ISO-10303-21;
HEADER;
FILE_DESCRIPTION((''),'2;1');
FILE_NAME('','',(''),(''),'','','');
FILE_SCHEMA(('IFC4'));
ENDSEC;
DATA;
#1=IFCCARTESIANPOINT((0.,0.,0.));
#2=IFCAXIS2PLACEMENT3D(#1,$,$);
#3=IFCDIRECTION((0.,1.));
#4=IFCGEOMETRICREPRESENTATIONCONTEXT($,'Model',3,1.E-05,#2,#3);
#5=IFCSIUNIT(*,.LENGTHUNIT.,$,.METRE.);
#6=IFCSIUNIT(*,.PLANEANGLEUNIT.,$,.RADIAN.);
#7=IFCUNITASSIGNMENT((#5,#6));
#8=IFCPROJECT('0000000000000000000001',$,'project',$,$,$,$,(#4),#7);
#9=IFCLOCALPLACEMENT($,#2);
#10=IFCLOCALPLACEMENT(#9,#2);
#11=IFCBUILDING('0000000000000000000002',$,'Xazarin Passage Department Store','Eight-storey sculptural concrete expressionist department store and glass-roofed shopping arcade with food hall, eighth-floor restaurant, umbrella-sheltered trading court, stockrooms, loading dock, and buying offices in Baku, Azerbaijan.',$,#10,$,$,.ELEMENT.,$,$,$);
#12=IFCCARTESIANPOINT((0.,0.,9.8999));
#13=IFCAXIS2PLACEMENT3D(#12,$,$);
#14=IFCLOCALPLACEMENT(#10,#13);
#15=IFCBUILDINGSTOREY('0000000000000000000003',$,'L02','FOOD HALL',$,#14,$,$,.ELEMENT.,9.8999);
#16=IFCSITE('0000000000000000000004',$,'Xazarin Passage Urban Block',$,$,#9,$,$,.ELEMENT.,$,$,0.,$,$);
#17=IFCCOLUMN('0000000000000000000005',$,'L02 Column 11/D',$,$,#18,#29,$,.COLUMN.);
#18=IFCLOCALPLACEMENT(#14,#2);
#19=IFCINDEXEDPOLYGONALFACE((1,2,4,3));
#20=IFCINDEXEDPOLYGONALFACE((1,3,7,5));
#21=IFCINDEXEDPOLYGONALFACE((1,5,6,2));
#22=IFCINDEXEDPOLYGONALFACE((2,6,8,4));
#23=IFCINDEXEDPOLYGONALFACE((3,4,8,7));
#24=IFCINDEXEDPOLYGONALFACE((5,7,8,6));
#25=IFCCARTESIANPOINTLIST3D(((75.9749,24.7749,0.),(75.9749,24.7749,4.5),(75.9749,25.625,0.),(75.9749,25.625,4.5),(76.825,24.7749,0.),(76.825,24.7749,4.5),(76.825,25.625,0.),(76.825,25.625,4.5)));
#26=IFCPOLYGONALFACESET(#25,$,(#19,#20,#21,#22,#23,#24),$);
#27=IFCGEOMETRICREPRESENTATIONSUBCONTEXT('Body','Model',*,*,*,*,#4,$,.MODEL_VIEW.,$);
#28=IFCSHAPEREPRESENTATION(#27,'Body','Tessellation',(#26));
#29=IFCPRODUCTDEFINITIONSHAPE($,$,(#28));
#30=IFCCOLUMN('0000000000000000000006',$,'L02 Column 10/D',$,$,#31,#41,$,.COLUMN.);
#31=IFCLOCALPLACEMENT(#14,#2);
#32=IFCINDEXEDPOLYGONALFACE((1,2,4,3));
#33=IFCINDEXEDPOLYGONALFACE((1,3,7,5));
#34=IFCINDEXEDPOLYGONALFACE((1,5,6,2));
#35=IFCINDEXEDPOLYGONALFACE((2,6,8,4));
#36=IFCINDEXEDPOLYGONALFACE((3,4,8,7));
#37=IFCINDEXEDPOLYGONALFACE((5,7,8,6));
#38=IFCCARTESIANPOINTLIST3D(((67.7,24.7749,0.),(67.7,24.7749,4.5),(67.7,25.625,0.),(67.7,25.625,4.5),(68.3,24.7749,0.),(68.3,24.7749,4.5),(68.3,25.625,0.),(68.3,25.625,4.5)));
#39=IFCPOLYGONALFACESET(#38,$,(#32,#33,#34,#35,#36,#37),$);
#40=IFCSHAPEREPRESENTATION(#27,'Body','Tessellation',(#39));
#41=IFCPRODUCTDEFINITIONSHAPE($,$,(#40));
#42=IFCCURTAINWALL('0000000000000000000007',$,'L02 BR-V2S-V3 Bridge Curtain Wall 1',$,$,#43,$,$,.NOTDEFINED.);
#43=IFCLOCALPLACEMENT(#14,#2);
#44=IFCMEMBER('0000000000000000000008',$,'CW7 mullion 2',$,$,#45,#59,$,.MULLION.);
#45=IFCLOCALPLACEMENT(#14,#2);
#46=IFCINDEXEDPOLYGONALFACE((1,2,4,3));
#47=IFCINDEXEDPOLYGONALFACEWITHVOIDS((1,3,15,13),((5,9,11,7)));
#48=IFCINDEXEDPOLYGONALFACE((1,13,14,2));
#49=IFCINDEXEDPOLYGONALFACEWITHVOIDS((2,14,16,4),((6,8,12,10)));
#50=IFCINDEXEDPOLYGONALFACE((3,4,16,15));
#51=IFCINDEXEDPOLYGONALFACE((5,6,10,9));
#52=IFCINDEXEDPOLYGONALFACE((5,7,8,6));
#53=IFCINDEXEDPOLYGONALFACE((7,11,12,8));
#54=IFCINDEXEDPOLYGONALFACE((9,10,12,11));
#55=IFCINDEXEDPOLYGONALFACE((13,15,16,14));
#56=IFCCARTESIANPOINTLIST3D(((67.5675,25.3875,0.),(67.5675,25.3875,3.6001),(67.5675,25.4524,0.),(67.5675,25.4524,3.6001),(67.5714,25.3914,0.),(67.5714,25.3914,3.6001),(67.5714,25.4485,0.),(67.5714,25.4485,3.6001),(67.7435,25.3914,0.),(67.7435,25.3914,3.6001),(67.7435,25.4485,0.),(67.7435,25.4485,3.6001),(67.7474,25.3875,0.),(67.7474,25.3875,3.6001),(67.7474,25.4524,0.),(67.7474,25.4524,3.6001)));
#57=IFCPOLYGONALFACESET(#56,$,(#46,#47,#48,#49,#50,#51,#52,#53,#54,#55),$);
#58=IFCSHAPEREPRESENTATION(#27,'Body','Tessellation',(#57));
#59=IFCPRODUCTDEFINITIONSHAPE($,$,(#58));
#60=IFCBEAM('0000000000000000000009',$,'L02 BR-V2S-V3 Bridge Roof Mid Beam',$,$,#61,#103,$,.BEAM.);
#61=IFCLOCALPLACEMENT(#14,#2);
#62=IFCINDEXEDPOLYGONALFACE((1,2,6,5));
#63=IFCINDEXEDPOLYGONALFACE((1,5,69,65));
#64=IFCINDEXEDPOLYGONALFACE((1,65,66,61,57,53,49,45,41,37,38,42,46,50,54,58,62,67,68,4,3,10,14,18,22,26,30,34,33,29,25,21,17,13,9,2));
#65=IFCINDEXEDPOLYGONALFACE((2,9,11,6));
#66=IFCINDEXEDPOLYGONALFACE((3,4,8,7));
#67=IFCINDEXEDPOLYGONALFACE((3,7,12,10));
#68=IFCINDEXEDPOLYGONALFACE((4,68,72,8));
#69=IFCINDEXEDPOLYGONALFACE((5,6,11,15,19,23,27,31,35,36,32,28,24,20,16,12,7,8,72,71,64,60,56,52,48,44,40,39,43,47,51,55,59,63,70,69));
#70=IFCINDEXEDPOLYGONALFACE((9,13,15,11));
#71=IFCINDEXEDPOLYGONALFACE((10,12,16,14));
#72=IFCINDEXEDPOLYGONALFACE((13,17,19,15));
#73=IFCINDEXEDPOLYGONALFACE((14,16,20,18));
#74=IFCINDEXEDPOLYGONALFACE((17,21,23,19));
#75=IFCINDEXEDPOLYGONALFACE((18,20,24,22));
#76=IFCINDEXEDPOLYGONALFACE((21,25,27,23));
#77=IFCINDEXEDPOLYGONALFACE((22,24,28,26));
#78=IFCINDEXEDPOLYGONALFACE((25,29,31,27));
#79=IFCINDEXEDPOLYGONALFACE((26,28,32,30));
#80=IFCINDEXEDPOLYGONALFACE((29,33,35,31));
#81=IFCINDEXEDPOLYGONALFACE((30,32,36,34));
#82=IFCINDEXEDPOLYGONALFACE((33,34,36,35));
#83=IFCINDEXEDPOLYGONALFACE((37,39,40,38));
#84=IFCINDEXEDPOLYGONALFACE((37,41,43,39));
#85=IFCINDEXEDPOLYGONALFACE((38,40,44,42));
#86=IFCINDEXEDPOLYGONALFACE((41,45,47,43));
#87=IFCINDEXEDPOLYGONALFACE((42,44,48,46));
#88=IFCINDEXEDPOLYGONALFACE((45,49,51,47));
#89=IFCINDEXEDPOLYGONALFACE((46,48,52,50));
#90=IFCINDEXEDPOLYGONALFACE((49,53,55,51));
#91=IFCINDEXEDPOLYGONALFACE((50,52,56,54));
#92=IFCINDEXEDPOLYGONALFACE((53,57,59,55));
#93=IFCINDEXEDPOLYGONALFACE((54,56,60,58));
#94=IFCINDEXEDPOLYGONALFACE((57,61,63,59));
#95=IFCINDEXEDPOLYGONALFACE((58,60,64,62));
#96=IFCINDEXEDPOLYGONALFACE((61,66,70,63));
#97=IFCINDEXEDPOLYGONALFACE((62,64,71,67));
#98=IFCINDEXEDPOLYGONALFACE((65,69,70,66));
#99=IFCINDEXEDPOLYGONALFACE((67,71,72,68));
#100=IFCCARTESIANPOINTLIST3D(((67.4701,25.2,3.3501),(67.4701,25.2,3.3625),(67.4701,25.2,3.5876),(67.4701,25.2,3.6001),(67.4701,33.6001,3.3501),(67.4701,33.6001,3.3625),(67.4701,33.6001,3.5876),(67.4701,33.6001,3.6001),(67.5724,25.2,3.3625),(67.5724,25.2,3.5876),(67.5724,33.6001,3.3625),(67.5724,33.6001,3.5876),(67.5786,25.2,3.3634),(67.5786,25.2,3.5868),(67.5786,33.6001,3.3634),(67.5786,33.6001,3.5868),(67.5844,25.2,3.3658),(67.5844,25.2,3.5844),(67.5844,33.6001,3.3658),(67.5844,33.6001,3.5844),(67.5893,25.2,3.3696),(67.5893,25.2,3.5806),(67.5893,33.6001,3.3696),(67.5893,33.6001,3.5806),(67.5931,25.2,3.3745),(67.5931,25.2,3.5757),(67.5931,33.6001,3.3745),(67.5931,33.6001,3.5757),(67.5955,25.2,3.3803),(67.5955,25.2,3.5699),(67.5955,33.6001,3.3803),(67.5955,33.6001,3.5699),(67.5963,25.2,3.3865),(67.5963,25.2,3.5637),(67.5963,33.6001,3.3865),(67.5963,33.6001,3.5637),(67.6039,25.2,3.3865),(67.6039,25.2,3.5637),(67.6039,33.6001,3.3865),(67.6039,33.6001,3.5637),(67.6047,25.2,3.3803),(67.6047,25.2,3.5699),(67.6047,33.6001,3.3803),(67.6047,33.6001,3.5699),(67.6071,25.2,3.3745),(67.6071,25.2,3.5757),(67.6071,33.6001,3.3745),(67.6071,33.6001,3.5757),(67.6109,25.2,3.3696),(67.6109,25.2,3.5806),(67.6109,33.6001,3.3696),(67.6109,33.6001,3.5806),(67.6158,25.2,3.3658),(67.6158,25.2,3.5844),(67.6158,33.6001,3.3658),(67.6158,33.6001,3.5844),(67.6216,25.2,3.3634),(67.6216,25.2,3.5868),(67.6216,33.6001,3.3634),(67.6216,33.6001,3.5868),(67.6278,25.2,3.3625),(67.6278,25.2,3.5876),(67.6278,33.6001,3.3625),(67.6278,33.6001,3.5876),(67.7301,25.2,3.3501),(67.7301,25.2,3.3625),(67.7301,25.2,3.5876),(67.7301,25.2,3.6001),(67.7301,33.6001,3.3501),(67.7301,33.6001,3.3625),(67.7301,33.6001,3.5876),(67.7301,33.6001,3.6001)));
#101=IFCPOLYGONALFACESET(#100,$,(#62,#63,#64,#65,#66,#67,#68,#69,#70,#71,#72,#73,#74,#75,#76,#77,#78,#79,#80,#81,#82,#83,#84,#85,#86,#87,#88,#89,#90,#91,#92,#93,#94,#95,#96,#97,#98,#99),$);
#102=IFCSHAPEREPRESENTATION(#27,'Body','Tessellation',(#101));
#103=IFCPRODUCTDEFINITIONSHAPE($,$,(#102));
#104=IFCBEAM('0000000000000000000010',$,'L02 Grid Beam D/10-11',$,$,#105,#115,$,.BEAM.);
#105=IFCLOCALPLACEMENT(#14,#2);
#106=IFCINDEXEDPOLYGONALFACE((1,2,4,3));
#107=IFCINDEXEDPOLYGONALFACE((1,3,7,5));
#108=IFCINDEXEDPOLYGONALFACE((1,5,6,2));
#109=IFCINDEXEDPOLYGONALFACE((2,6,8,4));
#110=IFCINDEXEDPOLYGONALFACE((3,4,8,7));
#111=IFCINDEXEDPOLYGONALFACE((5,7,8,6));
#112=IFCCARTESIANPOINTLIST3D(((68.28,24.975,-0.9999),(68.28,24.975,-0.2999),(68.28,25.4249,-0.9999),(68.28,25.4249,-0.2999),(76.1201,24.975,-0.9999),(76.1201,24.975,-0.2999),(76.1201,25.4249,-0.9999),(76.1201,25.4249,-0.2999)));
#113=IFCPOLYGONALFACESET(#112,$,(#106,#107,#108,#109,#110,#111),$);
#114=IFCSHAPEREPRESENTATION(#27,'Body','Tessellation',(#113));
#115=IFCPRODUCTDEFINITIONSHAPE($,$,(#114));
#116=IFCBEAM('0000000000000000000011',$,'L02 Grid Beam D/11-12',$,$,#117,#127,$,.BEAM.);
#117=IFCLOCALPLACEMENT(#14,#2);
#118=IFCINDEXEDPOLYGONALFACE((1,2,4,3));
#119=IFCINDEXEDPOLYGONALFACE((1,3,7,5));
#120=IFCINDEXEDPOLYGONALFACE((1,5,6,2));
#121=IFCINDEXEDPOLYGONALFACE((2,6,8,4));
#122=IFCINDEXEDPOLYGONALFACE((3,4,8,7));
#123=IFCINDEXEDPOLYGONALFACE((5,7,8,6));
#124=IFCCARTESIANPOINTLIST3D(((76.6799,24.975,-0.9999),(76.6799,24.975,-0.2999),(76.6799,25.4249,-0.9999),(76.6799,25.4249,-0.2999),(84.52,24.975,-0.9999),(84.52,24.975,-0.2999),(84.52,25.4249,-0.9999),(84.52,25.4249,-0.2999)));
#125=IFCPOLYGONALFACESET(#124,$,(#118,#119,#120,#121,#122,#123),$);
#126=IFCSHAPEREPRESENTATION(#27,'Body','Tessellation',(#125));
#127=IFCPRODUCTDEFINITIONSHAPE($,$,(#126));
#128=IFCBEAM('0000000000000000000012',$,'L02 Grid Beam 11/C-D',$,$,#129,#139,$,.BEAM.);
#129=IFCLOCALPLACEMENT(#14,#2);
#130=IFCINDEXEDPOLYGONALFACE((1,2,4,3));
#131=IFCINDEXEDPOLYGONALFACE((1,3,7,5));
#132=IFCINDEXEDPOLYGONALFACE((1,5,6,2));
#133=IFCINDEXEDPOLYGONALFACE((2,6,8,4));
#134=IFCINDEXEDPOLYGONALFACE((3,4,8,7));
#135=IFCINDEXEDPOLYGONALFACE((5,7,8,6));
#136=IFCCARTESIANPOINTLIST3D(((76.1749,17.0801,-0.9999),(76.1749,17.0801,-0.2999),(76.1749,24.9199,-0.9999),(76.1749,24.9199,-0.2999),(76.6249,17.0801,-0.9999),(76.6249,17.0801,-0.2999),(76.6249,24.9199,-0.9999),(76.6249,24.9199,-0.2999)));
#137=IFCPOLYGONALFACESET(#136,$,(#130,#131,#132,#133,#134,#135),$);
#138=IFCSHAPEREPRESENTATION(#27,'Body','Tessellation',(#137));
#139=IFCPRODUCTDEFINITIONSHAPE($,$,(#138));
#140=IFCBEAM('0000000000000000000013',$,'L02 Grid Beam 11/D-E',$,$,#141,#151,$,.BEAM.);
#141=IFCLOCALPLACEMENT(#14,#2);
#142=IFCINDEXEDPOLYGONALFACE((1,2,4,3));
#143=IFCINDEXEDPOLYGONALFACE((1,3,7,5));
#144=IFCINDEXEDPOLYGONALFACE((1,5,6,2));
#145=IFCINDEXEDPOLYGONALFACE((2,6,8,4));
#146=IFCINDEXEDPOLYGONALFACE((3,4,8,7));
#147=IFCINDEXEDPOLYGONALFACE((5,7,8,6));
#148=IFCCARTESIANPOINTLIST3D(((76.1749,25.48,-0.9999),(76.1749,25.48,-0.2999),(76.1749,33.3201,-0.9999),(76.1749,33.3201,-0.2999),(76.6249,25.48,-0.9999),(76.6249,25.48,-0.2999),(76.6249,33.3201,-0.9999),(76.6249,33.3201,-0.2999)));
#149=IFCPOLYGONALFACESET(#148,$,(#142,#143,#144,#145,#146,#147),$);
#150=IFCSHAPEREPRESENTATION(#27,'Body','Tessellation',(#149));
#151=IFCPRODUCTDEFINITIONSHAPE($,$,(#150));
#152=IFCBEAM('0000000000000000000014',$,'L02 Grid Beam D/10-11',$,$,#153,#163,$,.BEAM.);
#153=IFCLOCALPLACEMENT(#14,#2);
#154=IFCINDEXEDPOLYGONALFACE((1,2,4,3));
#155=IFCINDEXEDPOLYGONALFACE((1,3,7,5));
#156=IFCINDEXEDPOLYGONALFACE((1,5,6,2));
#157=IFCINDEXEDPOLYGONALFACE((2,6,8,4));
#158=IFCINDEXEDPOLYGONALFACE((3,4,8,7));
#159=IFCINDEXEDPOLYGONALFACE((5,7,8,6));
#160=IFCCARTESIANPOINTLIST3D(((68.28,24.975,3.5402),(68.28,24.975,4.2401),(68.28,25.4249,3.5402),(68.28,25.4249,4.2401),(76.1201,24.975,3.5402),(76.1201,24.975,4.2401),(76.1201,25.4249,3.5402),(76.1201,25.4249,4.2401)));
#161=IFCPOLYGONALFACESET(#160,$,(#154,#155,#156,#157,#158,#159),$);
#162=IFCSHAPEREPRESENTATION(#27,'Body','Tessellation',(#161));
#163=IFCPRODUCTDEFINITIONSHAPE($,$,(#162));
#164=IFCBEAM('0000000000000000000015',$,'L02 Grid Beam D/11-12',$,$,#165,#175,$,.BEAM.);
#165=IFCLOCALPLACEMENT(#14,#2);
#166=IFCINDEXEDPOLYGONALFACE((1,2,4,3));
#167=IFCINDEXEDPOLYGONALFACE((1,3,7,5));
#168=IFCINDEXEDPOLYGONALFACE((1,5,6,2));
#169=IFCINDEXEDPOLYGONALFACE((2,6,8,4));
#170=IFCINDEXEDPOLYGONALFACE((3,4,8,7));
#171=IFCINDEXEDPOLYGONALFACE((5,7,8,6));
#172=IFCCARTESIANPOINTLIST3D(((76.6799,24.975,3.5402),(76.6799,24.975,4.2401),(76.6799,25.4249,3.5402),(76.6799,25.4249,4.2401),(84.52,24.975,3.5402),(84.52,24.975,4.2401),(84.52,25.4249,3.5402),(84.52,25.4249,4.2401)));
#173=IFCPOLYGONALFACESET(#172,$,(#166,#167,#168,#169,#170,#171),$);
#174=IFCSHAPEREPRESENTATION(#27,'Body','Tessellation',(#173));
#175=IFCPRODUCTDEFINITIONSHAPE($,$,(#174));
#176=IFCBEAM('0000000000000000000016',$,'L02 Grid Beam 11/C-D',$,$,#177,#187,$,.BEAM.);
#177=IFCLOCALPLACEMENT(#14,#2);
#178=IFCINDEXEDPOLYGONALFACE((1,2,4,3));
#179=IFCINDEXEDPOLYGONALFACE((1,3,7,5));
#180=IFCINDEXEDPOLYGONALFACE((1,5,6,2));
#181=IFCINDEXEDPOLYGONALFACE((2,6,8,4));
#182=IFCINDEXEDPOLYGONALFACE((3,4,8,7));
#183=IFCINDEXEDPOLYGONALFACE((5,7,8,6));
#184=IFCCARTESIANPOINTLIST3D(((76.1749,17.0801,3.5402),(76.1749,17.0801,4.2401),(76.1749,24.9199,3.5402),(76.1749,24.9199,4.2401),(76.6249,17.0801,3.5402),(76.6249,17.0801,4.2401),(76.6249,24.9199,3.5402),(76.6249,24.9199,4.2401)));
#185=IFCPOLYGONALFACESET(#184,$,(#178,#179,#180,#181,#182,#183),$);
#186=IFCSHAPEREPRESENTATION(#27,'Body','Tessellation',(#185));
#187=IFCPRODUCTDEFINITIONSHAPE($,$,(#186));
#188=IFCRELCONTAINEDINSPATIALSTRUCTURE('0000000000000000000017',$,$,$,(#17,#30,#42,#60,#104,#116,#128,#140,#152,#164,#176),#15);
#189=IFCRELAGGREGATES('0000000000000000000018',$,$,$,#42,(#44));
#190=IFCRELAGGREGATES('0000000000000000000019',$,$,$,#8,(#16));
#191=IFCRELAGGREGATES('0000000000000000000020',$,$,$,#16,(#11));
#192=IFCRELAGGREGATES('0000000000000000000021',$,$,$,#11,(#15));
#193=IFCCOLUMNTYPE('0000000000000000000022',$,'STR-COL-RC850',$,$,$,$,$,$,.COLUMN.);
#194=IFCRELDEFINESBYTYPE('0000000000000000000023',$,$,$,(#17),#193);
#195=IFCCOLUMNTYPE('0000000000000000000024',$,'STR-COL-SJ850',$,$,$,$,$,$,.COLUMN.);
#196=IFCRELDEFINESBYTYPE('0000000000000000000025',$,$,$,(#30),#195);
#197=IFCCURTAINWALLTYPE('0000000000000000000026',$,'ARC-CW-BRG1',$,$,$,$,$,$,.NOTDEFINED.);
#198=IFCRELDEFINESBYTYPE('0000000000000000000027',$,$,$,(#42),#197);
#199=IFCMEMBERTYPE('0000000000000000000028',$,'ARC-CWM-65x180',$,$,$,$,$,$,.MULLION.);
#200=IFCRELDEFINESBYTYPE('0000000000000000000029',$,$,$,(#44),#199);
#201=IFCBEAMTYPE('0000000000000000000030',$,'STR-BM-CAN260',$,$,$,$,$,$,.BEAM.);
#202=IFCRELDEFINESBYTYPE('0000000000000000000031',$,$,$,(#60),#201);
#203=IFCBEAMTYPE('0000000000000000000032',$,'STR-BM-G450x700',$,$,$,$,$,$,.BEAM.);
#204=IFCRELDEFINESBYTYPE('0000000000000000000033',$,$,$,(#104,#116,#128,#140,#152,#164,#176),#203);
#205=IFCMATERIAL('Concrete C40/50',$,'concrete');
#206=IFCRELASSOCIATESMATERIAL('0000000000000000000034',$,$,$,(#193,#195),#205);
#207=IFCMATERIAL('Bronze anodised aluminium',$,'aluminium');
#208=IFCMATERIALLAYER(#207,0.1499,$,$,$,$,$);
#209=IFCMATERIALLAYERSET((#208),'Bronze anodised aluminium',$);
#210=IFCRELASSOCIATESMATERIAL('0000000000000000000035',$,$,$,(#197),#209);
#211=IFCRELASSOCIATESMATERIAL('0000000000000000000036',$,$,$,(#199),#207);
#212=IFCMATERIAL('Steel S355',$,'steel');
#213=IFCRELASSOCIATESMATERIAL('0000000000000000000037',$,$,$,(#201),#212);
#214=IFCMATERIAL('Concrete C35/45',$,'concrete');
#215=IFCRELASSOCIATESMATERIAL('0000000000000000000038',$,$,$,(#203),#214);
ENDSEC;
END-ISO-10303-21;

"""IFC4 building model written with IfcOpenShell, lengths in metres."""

from ifc_helpers import new_model, si_unit, direction, frame, origin, origin_2d, place, context, subcontext, project, spatial, rectangle, hollow_rectangle, i_section, extrude, material, layer, layer_set, material_profile, profile_set, type_object, element, aggregate, save


model = new_model("IFC4")

# Units and contexts
model_context = context("Model", 3, precision=1e-05, world=origin(), true_north=direction((0.0, 1.0)))
body_context = subcontext(model_context, "Body", "Model", "MODEL_VIEW")
ifc_project = project(units=[si_unit("LENGTHUNIT", "METRE"), si_unit("PLANEANGLEUNIT", "RADIAN")], contexts=[model_context])

# Site, building, storey
site_placement = place(None, origin())
site = spatial("IfcSite", under=ifc_project, at=site_placement, Name="Xazarin Passage Urban Block", CompositionType="ELEMENT", RefElevation=0.0)
building_placement = place(site_placement, origin())
building = spatial("IfcBuilding", under=site, at=building_placement, Name="Xazarin Passage Department Store", Description="Eight-storey sculptural concrete expressionist department store and glass-roofed shopping arcade with food hall, eighth-floor restaurant, umbrella-sheltered trading court, stockrooms, loading dock, and buying offices in Baku, Azerbaijan.", CompositionType="ELEMENT")
storey_placement = place(building_placement, frame((0.0, 0.0, 9.8999)))
storey = spatial("IfcBuildingStorey", under=building, at=storey_placement, Name="L02", Description="FOOD HALL", CompositionType="ELEMENT", Elevation=9.8999)

# Columns
ifc_material_1 = material(Name="Concrete C40/50", Category="concrete")
ifc_material_profile_1 = material_profile(ifc_material_1, rectangle(XDim=0.8501, YDim=0.8501, at=origin_2d()), Name="RC 850x850")
ifc_profile_set_1 = profile_set([ifc_material_profile_1], Name="Concrete C40/50")
column_type_1 = type_object("IfcColumnType", Name="STR-COL-RC850", PredefinedType="COLUMN", material=ifc_profile_set_1)
column_1_placement = place(storey_placement, frame((76.3999, 25.2, 0.0), z_axis=(0.0, 0.0, 1.0), x_axis=(1.0, 0.0, 0.0)))
element("IfcColumn", 1, at=column_1_placement, inside=storey, type_object=column_type_1, Name="L02 Column 11/D", PredefinedType="COLUMN", context=body_context, shape_type="SweptSolid", body=[
    extrude(rectangle(XDim=0.8501, YDim=0.8501, at=origin_2d()), origin(), (0.0, 0.0, 1.0), 4.5),
])
ifc_material_profile_2 = material_profile(ifc_material_1, rectangle(XDim=0.6001, YDim=0.8501, at=origin_2d()), Name="RC 600x850")
ifc_profile_set_2 = profile_set([ifc_material_profile_2], Name="Concrete C40/50")
column_type_2 = type_object("IfcColumnType", Name="STR-COL-SJ850", PredefinedType="COLUMN", material=ifc_profile_set_2)
column_2_placement = place(storey_placement, frame((68.0, 25.2, 0.0), z_axis=(0.0, 0.0, 1.0), x_axis=(1.0, 0.0, 0.0)))
element("IfcColumn", 2, at=column_2_placement, inside=storey, type_object=column_type_2, Name="L02 Column 10/D", PredefinedType="COLUMN", context=body_context, shape_type="SweptSolid", body=[
    extrude(rectangle(XDim=0.6001, YDim=0.8501, at=origin_2d()), origin(), (0.0, 0.0, 1.0), 4.5),
])

# Curtain wall, member
ifc_material_2 = material(Name="Bronze anodised aluminium", Category="aluminium")
ifc_layer_1 = layer(ifc_material_2, 0.1499)
ifc_layer_set_1 = layer_set([ifc_layer_1], Name="Bronze anodised aluminium")
curtain_wall_type = type_object("IfcCurtainWallType", Name="ARC-CW-BRG1", PredefinedType="NOTDEFINED", material=ifc_layer_set_1)
curtain_wall_placement = place(storey_placement, origin())
curtain_wall = element("IfcCurtainWall", 3, at=curtain_wall_placement, inside=storey, type_object=curtain_wall_type, Name="L02 BR-V2S-V3 Bridge Curtain Wall 1", PredefinedType="NOTDEFINED")
ifc_material_profile_3 = material_profile(ifc_material_2, hollow_rectangle(XDim=0.0649, YDim=0.1799, WallThickness=0.0039, at=origin_2d()), Name="ALU 65x180")
ifc_profile_set_3 = profile_set([ifc_material_profile_3], Name="Bronze anodised aluminium")
member_type = type_object("IfcMemberType", Name="ARC-CWM-65x180", PredefinedType="MULLION", material=ifc_profile_set_3)
member_placement = place(storey_placement, frame((67.6575, 25.4199, 0.0), z_axis=(0.0, 0.0, 1.0), x_axis=(0.0, 1.0, 0.0)))
member = element("IfcMember", 4, at=member_placement, type_object=member_type, Name="CW7 mullion 2", PredefinedType="MULLION", context=body_context, shape_type="SweptSolid", body=[
    extrude(hollow_rectangle(XDim=0.0649, YDim=0.1799, WallThickness=0.0039, at=origin_2d()), origin(), (0.0, 0.0, 1.0), 3.6001),
])

# Beams
ifc_material_3 = material(Name="Steel S355", Category="steel")
ifc_material_profile_4 = material_profile(ifc_material_3, i_section(OverallWidth=0.26, OverallDepth=0.25, WebThickness=0.0076, FlangeThickness=0.0125, FilletRadius=0.0239, at=origin_2d()), Name="HEA 260")
ifc_profile_set_4 = profile_set([ifc_material_profile_4], Name="Steel S355")
beam_type_1 = type_object("IfcBeamType", Name="STR-BM-CAN260", PredefinedType="BEAM", material=ifc_profile_set_4)
beam_1_placement = place(storey_placement, frame((67.6001, 25.2, 3.4751), z_axis=(0.0, 1.0, 0.0), x_axis=(-1.0, 0.0, 0.0)))
element("IfcBeam", 5, at=beam_1_placement, inside=storey, type_object=beam_type_1, Name="L02 BR-V2S-V3 Bridge Roof Mid Beam", PredefinedType="BEAM", context=body_context, shape_type="SweptSolid", body=[
    extrude(i_section(OverallWidth=0.26, OverallDepth=0.25, WebThickness=0.0076, FlangeThickness=0.0125, FilletRadius=0.0239, at=origin_2d()), origin(), (0.0, 0.0, 1.0), 8.4001),
])
ifc_material_4 = material(Name="Concrete C35/45", Category="concrete")
ifc_material_profile_5 = material_profile(ifc_material_4, rectangle(XDim=0.45, YDim=0.7, at=origin_2d()), Name="RC 450x700")
ifc_profile_set_5 = profile_set([ifc_material_profile_5], Name="Concrete C35/45")
beam_type_2 = type_object("IfcBeamType", Name="STR-BM-G450x700", PredefinedType="BEAM", material=ifc_profile_set_5)
for number, where, z_axis, x_axis, name in (
    (6, (68.28, 25.2, -0.6499), (1.0, 0.0, 0.0), (0.0, 1.0, 0.0), "L02 Grid Beam D/10-11"),
    (7, (76.6799, 25.2, -0.6499), (1.0, 0.0, 0.0), (0.0, 1.0, 0.0), "L02 Grid Beam D/11-12"),
):
    element("IfcBeam", number, at=place(storey_placement, frame(where, z_axis=z_axis, x_axis=x_axis)), inside=storey, type_object=beam_type_2, Name=name, PredefinedType="BEAM", context=body_context, shape_type="SweptSolid", body=[
        extrude(rectangle(XDim=0.45, YDim=0.7, at=origin_2d()), origin(), (0.0, 0.0, 1.0), 7.8401),
    ])
beam_2_placement = place(storey_placement, frame((76.3999, 17.0801, -0.6499), z_axis=(0.0, 1.0, 0.0), x_axis=(-1.0, 0.0, 0.0)))
element("IfcBeam", 8, at=beam_2_placement, inside=storey, type_object=beam_type_2, Name="L02 Grid Beam 11/C-D", PredefinedType="BEAM", context=body_context, shape_type="SweptSolid", body=[
    extrude(rectangle(XDim=0.45, YDim=0.7, at=origin_2d()), origin(), (0.0, 0.0, 1.0), 7.8398),
])
for number, where, z_axis, x_axis, name in (
    (9, (76.3999, 25.48, -0.6499), (0.0, 1.0, 0.0), (-1.0, 0.0, 0.0), "L02 Grid Beam 11/D-E"),
    (10, (68.28, 25.2, 3.8901), (1.0, 0.0, 0.0), (0.0, 1.0, 0.0), "L02 Grid Beam D/10-11"),
    (11, (76.6799, 25.2, 3.8901), (1.0, 0.0, 0.0), (0.0, 1.0, 0.0), "L02 Grid Beam D/11-12"),
):
    element("IfcBeam", number, at=place(storey_placement, frame(where, z_axis=z_axis, x_axis=x_axis)), inside=storey, type_object=beam_type_2, Name=name, PredefinedType="BEAM", context=body_context, shape_type="SweptSolid", body=[
        extrude(rectangle(XDim=0.45, YDim=0.7, at=origin_2d()), origin(), (0.0, 0.0, 1.0), 7.8401),
    ])
beam_3_placement = place(storey_placement, frame((76.3999, 17.0801, 3.8901), z_axis=(0.0, 1.0, 0.0), x_axis=(-1.0, 0.0, 0.0)))
element("IfcBeam", 12, at=beam_3_placement, inside=storey, type_object=beam_type_2, Name="L02 Grid Beam 11/C-D", PredefinedType="BEAM", context=body_context, shape_type="SweptSolid", body=[
    extrude(rectangle(XDim=0.45, YDim=0.7, at=origin_2d()), origin(), (0.0, 0.0, 1.0), 7.8398),
])

aggregate(curtain_wall, [member])

save(model, "model.ifc")
